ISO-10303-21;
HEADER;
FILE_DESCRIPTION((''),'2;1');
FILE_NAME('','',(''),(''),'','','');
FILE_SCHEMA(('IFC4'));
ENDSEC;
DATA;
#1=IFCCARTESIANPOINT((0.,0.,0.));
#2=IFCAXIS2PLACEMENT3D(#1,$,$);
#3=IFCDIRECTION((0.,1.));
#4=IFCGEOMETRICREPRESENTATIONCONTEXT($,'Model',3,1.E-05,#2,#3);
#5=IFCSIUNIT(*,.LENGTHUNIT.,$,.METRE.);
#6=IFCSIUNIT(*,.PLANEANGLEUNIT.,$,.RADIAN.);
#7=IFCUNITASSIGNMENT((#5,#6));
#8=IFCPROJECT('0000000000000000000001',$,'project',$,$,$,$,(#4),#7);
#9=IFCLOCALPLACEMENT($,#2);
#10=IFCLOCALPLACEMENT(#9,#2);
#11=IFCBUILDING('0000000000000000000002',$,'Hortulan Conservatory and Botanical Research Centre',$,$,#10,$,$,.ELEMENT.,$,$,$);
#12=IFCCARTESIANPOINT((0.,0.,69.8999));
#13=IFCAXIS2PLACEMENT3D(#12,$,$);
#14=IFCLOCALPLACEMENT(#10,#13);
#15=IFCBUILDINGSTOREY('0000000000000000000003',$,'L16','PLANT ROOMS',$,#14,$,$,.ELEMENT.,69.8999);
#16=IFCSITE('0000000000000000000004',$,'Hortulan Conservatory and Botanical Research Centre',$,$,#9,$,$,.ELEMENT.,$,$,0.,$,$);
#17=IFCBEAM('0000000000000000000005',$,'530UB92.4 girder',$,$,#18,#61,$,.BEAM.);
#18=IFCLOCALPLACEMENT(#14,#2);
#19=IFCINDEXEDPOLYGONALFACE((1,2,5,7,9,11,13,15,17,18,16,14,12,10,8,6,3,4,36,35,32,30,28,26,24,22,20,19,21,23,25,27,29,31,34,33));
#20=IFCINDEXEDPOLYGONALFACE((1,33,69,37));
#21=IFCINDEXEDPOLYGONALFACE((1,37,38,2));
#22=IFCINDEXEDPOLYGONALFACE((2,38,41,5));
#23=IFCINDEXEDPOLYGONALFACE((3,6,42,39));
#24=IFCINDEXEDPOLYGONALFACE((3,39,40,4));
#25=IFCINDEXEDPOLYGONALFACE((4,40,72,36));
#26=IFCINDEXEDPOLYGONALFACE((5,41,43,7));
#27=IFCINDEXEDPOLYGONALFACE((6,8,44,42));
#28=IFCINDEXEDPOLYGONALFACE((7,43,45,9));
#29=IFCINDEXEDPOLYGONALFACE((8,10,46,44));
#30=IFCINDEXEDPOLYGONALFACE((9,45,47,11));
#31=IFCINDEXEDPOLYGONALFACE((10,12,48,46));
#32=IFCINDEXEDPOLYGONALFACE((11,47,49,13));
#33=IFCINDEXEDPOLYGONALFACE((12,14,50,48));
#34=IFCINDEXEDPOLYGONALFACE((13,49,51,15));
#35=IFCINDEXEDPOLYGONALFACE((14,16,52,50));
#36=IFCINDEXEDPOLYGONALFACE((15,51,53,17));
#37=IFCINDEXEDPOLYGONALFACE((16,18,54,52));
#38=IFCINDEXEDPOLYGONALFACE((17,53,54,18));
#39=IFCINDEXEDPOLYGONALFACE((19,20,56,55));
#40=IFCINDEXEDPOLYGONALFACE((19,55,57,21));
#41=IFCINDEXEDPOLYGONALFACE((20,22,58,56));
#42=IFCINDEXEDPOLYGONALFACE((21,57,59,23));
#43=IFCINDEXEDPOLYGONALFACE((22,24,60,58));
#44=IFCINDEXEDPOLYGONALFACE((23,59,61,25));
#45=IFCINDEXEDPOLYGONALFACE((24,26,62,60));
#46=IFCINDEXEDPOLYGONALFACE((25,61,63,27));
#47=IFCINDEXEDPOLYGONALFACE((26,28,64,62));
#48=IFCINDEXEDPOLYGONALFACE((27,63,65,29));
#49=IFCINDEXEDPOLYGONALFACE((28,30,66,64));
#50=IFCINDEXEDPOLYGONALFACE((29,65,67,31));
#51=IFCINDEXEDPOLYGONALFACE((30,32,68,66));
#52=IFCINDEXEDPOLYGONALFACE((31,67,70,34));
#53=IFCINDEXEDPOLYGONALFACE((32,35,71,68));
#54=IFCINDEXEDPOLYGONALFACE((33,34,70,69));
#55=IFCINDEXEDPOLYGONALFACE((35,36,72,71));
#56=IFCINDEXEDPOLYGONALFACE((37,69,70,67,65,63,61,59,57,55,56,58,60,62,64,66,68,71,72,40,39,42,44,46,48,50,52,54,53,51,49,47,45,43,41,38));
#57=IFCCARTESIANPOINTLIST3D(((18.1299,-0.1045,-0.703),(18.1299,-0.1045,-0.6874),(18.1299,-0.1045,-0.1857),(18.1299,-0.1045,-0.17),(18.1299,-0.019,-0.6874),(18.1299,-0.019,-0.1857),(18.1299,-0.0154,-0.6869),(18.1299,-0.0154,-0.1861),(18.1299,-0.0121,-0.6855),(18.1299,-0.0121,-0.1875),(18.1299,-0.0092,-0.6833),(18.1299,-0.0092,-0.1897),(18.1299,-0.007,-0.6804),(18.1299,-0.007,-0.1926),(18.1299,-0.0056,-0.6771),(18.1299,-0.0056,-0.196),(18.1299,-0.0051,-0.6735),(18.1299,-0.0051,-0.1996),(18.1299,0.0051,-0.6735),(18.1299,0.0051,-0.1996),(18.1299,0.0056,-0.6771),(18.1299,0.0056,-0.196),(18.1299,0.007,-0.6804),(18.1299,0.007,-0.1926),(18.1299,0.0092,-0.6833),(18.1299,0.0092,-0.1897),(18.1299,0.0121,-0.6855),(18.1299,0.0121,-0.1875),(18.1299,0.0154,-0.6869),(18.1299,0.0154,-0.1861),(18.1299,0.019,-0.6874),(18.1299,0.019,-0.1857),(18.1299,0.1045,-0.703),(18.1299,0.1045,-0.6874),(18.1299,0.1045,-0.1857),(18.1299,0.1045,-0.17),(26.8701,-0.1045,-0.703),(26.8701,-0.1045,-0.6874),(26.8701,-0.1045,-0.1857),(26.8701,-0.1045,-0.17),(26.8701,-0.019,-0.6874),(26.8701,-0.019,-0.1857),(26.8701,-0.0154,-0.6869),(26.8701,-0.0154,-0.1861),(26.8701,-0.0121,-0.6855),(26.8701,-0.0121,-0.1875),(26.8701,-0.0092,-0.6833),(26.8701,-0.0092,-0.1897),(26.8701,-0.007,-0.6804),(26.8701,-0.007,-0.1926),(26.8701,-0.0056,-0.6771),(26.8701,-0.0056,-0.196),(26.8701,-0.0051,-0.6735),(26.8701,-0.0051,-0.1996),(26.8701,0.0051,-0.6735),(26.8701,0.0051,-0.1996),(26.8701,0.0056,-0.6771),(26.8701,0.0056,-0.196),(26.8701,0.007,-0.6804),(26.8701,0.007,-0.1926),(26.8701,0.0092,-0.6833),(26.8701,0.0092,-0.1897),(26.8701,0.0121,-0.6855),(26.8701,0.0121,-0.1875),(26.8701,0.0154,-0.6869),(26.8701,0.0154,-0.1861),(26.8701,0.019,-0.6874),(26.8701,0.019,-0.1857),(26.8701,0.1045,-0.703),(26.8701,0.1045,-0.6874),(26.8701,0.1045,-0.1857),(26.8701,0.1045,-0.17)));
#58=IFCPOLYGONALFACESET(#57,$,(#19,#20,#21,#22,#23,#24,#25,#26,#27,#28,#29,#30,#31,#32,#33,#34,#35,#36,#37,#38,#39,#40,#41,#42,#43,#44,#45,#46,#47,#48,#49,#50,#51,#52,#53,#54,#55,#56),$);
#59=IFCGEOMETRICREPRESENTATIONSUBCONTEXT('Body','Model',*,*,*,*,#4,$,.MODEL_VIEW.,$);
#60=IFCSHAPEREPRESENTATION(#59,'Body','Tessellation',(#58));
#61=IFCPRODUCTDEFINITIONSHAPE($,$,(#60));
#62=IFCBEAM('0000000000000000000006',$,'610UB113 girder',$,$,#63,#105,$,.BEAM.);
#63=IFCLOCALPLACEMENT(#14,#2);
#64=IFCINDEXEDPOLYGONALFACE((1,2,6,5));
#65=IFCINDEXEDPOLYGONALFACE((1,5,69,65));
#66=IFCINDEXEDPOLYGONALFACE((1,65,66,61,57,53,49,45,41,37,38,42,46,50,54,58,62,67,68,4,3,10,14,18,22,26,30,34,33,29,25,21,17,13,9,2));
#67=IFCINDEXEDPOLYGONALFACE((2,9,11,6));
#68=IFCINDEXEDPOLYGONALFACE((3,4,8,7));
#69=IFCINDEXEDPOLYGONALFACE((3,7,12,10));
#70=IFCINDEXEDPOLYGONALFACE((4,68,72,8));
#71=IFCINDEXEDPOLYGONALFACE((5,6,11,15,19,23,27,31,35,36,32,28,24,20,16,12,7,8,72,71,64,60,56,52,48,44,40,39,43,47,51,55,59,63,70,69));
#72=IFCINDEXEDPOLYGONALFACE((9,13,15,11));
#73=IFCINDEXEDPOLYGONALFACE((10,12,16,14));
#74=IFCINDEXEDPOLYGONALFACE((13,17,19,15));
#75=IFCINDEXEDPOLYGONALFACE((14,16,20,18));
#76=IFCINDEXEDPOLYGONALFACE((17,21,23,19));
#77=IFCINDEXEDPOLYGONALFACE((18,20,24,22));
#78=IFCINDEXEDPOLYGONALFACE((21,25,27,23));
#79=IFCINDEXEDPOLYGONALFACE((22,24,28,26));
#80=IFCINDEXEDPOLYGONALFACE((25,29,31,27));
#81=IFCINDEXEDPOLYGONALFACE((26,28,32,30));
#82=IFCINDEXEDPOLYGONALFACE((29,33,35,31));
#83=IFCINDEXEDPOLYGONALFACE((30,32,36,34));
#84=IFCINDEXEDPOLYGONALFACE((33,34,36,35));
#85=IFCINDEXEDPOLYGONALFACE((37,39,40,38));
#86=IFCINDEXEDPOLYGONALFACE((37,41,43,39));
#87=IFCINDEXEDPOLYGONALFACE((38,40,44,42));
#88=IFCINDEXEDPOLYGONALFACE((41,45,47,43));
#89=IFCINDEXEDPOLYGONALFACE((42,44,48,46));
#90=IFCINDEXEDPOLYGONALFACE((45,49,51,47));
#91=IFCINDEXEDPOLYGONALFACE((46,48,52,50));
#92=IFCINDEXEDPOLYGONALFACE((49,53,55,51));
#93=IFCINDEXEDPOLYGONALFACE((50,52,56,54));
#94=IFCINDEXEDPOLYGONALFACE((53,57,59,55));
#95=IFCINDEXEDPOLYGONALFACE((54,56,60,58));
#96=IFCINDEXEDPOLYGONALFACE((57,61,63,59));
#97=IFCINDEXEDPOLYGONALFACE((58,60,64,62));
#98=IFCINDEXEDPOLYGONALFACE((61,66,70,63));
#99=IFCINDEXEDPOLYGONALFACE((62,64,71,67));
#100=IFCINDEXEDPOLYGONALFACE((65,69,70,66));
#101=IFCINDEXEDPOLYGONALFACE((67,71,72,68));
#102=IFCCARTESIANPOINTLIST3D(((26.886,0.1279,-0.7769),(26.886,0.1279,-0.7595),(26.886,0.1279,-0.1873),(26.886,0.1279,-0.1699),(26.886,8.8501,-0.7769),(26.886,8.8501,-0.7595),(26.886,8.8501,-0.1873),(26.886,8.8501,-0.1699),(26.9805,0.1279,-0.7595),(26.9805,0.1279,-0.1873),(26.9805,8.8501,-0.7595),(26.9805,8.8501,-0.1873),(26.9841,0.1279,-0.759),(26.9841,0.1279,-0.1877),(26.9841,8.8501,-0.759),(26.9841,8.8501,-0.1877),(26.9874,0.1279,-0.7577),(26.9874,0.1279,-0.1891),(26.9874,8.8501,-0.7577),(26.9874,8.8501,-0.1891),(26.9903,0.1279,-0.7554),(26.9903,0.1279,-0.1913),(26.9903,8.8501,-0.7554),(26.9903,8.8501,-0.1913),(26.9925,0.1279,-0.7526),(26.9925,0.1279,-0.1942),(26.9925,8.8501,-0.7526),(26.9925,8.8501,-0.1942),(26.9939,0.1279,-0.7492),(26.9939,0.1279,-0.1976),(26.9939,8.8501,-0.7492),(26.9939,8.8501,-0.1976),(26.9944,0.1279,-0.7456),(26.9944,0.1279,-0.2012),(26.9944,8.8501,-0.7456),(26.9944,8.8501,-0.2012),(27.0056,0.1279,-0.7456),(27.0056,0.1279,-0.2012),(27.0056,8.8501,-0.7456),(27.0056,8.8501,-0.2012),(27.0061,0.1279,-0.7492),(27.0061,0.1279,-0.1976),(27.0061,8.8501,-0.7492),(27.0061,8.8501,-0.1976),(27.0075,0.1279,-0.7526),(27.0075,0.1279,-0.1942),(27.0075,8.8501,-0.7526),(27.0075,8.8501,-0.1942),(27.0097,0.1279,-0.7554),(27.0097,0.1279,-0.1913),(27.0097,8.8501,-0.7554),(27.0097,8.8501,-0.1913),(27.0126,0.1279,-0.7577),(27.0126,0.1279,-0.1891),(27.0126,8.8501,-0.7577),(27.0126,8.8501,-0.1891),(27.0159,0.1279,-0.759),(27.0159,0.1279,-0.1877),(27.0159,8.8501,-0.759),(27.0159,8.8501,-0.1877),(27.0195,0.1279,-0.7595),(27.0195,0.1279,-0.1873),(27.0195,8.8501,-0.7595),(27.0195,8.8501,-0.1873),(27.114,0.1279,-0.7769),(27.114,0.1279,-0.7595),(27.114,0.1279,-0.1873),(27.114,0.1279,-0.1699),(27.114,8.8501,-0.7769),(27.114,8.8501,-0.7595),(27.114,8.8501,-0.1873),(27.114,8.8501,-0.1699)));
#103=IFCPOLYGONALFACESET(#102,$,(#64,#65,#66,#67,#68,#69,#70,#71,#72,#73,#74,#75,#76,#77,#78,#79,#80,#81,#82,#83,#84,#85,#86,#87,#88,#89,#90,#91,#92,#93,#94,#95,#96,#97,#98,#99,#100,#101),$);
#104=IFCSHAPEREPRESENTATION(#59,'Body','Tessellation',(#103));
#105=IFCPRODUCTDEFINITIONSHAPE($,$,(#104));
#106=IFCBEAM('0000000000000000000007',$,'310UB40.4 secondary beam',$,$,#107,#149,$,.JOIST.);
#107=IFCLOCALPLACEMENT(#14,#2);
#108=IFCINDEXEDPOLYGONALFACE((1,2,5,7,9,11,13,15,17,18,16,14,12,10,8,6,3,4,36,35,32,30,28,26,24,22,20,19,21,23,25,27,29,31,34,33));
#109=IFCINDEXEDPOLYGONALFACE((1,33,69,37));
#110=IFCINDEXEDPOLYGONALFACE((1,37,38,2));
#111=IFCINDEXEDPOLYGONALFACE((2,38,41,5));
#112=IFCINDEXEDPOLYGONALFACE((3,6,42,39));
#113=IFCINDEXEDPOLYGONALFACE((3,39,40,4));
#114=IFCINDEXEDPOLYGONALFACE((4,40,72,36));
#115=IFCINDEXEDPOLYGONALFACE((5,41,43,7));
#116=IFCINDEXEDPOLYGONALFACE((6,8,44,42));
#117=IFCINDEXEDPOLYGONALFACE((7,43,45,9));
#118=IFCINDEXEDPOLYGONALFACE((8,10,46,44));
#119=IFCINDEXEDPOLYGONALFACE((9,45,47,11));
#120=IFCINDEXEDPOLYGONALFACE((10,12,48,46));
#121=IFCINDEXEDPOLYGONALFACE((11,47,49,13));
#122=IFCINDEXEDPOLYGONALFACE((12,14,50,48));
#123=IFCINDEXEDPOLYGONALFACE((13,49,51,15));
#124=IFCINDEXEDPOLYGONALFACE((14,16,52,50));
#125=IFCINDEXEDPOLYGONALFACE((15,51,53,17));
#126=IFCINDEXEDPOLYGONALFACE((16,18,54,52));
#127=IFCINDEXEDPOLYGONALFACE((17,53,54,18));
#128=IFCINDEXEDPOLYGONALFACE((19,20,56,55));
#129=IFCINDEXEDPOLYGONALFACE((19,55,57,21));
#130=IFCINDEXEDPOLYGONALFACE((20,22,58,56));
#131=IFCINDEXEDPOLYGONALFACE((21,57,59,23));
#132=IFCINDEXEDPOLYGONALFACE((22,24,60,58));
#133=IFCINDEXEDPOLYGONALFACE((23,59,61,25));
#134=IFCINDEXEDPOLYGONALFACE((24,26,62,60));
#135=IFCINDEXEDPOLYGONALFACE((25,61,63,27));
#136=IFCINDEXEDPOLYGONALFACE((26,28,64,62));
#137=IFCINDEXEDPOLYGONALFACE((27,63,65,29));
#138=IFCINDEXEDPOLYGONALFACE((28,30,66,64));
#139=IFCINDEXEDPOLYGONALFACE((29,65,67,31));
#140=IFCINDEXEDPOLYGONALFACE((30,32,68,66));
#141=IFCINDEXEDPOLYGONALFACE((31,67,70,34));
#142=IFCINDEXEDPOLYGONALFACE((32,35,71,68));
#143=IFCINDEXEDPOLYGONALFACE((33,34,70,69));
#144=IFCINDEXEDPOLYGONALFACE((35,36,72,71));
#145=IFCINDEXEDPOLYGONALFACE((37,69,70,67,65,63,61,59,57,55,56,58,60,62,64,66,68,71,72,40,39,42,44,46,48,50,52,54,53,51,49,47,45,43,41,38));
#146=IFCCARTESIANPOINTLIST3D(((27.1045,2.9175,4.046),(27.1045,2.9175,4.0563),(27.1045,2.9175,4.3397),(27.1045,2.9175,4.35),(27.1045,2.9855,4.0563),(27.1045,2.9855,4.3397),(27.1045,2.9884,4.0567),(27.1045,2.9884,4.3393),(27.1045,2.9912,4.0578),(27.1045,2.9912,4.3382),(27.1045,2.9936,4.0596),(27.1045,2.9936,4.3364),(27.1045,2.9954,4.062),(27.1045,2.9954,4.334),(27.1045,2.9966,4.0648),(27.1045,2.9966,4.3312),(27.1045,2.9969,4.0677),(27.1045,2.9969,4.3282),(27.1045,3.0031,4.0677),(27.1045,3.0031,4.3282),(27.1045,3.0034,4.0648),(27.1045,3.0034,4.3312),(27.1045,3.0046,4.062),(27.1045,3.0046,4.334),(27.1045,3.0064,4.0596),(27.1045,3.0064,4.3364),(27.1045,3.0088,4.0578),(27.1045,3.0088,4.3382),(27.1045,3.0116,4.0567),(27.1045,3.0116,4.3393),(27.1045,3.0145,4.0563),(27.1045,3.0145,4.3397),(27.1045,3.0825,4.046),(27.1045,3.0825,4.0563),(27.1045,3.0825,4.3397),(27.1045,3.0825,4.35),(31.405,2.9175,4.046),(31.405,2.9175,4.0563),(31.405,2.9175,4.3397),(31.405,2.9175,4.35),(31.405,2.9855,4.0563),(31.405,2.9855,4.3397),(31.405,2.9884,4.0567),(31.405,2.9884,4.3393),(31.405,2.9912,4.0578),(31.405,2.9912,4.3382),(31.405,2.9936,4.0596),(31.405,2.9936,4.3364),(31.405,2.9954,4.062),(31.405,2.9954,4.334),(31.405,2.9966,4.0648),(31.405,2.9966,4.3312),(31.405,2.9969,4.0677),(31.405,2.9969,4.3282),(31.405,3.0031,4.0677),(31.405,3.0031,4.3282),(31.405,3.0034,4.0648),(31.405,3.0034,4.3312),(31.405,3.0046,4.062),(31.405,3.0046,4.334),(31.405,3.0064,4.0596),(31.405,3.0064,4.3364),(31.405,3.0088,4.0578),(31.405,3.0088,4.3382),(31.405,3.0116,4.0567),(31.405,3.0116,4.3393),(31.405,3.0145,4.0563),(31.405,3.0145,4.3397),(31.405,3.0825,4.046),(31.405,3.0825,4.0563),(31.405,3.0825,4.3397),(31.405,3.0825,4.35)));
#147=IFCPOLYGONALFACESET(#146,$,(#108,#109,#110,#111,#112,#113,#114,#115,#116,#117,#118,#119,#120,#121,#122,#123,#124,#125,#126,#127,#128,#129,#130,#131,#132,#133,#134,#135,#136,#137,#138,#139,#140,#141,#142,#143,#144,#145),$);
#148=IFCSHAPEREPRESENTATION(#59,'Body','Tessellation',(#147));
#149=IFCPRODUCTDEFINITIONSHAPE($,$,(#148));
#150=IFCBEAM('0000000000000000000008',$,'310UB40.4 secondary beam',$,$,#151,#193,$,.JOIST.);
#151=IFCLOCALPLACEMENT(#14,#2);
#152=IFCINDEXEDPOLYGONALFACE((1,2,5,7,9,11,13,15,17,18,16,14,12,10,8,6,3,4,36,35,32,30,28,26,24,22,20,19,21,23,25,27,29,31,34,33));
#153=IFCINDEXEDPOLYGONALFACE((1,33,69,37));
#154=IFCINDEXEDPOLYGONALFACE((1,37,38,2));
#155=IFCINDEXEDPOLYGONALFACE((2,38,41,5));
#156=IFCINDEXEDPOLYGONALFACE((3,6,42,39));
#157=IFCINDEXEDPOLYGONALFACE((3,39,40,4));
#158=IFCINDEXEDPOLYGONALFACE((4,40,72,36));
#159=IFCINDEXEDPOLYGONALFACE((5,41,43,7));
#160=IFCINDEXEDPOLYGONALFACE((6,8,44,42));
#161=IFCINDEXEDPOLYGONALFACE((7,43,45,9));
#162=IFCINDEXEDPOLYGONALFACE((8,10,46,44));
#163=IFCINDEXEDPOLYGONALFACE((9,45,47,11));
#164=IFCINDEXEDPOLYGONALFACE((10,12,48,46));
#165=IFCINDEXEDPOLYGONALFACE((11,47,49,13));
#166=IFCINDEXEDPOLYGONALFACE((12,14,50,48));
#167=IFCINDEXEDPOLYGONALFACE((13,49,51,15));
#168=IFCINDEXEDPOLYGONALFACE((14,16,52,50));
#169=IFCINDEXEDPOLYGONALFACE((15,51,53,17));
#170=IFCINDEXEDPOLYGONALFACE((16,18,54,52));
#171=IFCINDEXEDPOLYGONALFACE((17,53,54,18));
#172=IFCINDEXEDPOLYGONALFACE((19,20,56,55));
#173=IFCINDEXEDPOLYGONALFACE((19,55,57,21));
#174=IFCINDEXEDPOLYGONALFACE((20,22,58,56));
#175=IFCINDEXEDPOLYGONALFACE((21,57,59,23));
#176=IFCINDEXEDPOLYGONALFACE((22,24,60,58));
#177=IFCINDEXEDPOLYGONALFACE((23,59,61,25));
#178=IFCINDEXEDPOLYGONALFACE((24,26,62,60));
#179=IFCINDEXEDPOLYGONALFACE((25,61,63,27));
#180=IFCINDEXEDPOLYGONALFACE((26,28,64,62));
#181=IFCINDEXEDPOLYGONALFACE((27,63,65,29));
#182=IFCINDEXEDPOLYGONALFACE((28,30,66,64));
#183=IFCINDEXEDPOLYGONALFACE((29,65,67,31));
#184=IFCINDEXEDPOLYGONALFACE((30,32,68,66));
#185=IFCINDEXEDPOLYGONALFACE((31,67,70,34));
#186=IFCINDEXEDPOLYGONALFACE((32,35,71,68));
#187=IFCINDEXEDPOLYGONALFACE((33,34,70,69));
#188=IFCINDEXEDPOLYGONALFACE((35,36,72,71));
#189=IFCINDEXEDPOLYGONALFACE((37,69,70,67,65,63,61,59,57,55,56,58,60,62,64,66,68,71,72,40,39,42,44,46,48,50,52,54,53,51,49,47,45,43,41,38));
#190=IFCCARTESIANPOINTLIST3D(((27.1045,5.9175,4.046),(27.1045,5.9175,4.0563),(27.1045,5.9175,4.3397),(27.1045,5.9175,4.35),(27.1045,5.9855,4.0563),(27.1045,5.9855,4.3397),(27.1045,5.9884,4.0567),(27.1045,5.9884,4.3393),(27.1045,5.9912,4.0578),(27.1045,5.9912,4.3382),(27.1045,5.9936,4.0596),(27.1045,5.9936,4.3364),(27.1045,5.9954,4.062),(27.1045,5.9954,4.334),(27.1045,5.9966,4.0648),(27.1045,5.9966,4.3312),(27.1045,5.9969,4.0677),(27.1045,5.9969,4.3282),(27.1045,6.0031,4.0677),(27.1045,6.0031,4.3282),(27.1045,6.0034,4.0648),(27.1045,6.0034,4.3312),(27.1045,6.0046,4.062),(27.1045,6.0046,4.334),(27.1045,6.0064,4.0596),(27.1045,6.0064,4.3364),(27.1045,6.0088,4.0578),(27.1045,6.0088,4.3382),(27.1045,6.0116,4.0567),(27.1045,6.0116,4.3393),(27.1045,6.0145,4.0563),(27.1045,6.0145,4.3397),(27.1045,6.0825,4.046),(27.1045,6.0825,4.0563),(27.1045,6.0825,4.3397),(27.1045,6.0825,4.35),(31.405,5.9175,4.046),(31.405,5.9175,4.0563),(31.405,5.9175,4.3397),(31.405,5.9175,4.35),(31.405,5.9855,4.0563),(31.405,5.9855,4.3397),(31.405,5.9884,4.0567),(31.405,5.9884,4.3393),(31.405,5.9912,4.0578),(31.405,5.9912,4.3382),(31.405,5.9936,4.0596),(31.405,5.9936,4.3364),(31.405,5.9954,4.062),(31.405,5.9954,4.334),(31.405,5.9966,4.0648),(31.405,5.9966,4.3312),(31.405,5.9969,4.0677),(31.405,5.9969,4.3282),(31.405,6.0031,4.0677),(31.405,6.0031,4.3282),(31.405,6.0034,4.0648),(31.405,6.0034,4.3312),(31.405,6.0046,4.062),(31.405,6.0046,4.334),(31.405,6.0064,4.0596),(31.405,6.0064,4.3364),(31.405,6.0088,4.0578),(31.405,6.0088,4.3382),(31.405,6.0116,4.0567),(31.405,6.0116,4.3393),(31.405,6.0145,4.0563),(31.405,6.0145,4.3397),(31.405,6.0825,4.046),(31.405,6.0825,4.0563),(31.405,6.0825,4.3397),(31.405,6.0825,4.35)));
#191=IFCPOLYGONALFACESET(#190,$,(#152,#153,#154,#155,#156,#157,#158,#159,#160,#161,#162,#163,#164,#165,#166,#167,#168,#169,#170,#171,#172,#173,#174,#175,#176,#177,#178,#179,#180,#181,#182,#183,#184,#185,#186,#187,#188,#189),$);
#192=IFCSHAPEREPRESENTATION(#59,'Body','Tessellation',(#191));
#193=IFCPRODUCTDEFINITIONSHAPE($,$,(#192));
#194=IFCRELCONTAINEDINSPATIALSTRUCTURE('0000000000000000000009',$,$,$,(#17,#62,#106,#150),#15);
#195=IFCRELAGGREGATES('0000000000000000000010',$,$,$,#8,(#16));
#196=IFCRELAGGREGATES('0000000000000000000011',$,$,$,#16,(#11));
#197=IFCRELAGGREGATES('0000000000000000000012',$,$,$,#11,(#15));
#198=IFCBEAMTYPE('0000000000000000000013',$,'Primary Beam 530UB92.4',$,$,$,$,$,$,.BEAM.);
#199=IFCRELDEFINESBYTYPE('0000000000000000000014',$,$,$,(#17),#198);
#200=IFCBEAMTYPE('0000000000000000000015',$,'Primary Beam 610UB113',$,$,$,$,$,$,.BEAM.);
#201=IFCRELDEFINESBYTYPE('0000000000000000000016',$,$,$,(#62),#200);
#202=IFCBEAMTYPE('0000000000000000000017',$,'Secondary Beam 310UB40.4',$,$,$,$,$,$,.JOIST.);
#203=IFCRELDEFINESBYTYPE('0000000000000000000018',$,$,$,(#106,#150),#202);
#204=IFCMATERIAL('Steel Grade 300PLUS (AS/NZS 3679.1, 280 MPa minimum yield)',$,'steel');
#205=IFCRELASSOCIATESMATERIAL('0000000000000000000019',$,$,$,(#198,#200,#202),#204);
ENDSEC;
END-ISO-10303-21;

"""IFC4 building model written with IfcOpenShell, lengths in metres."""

from ifc_helpers import new_model, si_unit, direction, frame, origin, origin_2d, place, context, subcontext, project, spatial, i_section, extrude, material, material_profile, profile_set, type_object, element, save


model = new_model("IFC4")

# Units and contexts
model_context = context("Model", 3, precision=1e-05, world=origin(), true_north=direction((0.0, 1.0)))
body_context = subcontext(model_context, "Body", "Model", "MODEL_VIEW")
ifc_project = project(units=[si_unit("LENGTHUNIT", "METRE"), si_unit("PLANEANGLEUNIT", "RADIAN")], contexts=[model_context])

# Site, building, storey
site_placement = place(None, origin())
site = spatial("IfcSite", under=ifc_project, at=site_placement, Name="Hortulan Conservatory and Botanical Research Centre", CompositionType="ELEMENT", RefElevation=0.0)
building_placement = place(site_placement, origin())
building = spatial("IfcBuilding", under=site, at=building_placement, Name="Hortulan Conservatory and Botanical Research Centre", CompositionType="ELEMENT")
storey_placement = place(building_placement, frame((0.0, 0.0, 69.8999)))
storey = spatial("IfcBuildingStorey", under=building, at=storey_placement, Name="L16", Description="PLANT ROOMS", CompositionType="ELEMENT", Elevation=69.8999)

# Shared definitions
ifc_material_1 = material(Name="Steel Grade 300PLUS (AS/NZS 3679.1, 280 MPa minimum yield)", Category="steel")

# Beams
ifc_material_profile_1 = material_profile(ifc_material_1, i_section(OverallWidth=0.209, OverallDepth=0.533, WebThickness=0.0103, FlangeThickness=0.0156, FilletRadius=0.0139, at=origin_2d()), Name="530UB92.4")
ifc_profile_set_1 = profile_set([ifc_material_profile_1], Name="Steel Grade 300PLUS (AS/NZS 3679.1, 280 MPa minimum yield)")
beam_type_1 = type_object("IfcBeamType", Name="Primary Beam 530UB92.4", PredefinedType="BEAM", material=ifc_profile_set_1)
beam_1_placement = place(storey_placement, frame((18.1299, 0.0, -0.4365), z_axis=(1.0, 0.0, 0.0), x_axis=(0.0, 1.0, 0.0)))
element("IfcBeam", 1, at=beam_1_placement, inside=storey, type_object=beam_type_1, Name="530UB92.4 girder", PredefinedType="BEAM", context=body_context, shape_type="SweptSolid", body=[
    extrude(i_section(OverallWidth=0.209, OverallDepth=0.533, WebThickness=0.0103, FlangeThickness=0.0156, FilletRadius=0.0139, at=origin_2d()), origin(), (0.0, 0.0, 1.0), 8.7402),
])
ifc_material_profile_2 = material_profile(ifc_material_1, i_section(OverallWidth=0.228, OverallDepth=0.6069, WebThickness=0.0112, FlangeThickness=0.0173, FilletRadius=0.0139, at=origin_2d()), Name="610UB113")
ifc_profile_set_2 = profile_set([ifc_material_profile_2], Name="Steel Grade 300PLUS (AS/NZS 3679.1, 280 MPa minimum yield)")
beam_type_2 = type_object("IfcBeamType", Name="Primary Beam 610UB113", PredefinedType="BEAM", material=ifc_profile_set_2)
beam_2_placement = place(storey_placement, frame((27.0, 0.1279, -0.4734), z_axis=(0.0, 1.0, 0.0), x_axis=(-1.0, 0.0, 0.0)))
element("IfcBeam", 2, at=beam_2_placement, inside=storey, type_object=beam_type_2, Name="610UB113 girder", PredefinedType="BEAM", context=body_context, shape_type="SweptSolid", body=[
    extrude(i_section(OverallWidth=0.228, OverallDepth=0.6069, WebThickness=0.0112, FlangeThickness=0.0173, FilletRadius=0.0139, at=origin_2d()), origin(), (0.0, 0.0, 1.0), 8.7222),
])
ifc_material_profile_3 = material_profile(ifc_material_1, i_section(OverallWidth=0.165, OverallDepth=0.304, WebThickness=0.0061, FlangeThickness=0.0103, FilletRadius=0.0115, at=origin_2d()), Name="310UB40.4")
ifc_profile_set_3 = profile_set([ifc_material_profile_3], Name="Steel Grade 300PLUS (AS/NZS 3679.1, 280 MPa minimum yield)")
beam_type_3 = type_object("IfcBeamType", Name="Secondary Beam 310UB40.4", PredefinedType="JOIST", material=ifc_profile_set_3)
for number, where, z_axis, x_axis, name in (
    (3, (27.1045, 3.0, 4.198), (1.0, 0.0, 0.0), (0.0, 1.0, 0.0), "310UB40.4 secondary beam"),
    (4, (27.1045, 6.0, 4.198), (1.0, 0.0, 0.0), (0.0, 1.0, 0.0), "310UB40.4 secondary beam"),
):
    element("IfcBeam", number, at=place(storey_placement, frame(where, z_axis=z_axis, x_axis=x_axis)), inside=storey, type_object=beam_type_3, Name=name, PredefinedType="JOIST", context=body_context, shape_type="SweptSolid", body=[
        extrude(i_section(OverallWidth=0.165, OverallDepth=0.304, WebThickness=0.0061, FlangeThickness=0.0103, FilletRadius=0.0115, at=origin_2d()), origin(), (0.0, 0.0, 1.0), 4.3005),
    ])

save(model, "model.ifc")
